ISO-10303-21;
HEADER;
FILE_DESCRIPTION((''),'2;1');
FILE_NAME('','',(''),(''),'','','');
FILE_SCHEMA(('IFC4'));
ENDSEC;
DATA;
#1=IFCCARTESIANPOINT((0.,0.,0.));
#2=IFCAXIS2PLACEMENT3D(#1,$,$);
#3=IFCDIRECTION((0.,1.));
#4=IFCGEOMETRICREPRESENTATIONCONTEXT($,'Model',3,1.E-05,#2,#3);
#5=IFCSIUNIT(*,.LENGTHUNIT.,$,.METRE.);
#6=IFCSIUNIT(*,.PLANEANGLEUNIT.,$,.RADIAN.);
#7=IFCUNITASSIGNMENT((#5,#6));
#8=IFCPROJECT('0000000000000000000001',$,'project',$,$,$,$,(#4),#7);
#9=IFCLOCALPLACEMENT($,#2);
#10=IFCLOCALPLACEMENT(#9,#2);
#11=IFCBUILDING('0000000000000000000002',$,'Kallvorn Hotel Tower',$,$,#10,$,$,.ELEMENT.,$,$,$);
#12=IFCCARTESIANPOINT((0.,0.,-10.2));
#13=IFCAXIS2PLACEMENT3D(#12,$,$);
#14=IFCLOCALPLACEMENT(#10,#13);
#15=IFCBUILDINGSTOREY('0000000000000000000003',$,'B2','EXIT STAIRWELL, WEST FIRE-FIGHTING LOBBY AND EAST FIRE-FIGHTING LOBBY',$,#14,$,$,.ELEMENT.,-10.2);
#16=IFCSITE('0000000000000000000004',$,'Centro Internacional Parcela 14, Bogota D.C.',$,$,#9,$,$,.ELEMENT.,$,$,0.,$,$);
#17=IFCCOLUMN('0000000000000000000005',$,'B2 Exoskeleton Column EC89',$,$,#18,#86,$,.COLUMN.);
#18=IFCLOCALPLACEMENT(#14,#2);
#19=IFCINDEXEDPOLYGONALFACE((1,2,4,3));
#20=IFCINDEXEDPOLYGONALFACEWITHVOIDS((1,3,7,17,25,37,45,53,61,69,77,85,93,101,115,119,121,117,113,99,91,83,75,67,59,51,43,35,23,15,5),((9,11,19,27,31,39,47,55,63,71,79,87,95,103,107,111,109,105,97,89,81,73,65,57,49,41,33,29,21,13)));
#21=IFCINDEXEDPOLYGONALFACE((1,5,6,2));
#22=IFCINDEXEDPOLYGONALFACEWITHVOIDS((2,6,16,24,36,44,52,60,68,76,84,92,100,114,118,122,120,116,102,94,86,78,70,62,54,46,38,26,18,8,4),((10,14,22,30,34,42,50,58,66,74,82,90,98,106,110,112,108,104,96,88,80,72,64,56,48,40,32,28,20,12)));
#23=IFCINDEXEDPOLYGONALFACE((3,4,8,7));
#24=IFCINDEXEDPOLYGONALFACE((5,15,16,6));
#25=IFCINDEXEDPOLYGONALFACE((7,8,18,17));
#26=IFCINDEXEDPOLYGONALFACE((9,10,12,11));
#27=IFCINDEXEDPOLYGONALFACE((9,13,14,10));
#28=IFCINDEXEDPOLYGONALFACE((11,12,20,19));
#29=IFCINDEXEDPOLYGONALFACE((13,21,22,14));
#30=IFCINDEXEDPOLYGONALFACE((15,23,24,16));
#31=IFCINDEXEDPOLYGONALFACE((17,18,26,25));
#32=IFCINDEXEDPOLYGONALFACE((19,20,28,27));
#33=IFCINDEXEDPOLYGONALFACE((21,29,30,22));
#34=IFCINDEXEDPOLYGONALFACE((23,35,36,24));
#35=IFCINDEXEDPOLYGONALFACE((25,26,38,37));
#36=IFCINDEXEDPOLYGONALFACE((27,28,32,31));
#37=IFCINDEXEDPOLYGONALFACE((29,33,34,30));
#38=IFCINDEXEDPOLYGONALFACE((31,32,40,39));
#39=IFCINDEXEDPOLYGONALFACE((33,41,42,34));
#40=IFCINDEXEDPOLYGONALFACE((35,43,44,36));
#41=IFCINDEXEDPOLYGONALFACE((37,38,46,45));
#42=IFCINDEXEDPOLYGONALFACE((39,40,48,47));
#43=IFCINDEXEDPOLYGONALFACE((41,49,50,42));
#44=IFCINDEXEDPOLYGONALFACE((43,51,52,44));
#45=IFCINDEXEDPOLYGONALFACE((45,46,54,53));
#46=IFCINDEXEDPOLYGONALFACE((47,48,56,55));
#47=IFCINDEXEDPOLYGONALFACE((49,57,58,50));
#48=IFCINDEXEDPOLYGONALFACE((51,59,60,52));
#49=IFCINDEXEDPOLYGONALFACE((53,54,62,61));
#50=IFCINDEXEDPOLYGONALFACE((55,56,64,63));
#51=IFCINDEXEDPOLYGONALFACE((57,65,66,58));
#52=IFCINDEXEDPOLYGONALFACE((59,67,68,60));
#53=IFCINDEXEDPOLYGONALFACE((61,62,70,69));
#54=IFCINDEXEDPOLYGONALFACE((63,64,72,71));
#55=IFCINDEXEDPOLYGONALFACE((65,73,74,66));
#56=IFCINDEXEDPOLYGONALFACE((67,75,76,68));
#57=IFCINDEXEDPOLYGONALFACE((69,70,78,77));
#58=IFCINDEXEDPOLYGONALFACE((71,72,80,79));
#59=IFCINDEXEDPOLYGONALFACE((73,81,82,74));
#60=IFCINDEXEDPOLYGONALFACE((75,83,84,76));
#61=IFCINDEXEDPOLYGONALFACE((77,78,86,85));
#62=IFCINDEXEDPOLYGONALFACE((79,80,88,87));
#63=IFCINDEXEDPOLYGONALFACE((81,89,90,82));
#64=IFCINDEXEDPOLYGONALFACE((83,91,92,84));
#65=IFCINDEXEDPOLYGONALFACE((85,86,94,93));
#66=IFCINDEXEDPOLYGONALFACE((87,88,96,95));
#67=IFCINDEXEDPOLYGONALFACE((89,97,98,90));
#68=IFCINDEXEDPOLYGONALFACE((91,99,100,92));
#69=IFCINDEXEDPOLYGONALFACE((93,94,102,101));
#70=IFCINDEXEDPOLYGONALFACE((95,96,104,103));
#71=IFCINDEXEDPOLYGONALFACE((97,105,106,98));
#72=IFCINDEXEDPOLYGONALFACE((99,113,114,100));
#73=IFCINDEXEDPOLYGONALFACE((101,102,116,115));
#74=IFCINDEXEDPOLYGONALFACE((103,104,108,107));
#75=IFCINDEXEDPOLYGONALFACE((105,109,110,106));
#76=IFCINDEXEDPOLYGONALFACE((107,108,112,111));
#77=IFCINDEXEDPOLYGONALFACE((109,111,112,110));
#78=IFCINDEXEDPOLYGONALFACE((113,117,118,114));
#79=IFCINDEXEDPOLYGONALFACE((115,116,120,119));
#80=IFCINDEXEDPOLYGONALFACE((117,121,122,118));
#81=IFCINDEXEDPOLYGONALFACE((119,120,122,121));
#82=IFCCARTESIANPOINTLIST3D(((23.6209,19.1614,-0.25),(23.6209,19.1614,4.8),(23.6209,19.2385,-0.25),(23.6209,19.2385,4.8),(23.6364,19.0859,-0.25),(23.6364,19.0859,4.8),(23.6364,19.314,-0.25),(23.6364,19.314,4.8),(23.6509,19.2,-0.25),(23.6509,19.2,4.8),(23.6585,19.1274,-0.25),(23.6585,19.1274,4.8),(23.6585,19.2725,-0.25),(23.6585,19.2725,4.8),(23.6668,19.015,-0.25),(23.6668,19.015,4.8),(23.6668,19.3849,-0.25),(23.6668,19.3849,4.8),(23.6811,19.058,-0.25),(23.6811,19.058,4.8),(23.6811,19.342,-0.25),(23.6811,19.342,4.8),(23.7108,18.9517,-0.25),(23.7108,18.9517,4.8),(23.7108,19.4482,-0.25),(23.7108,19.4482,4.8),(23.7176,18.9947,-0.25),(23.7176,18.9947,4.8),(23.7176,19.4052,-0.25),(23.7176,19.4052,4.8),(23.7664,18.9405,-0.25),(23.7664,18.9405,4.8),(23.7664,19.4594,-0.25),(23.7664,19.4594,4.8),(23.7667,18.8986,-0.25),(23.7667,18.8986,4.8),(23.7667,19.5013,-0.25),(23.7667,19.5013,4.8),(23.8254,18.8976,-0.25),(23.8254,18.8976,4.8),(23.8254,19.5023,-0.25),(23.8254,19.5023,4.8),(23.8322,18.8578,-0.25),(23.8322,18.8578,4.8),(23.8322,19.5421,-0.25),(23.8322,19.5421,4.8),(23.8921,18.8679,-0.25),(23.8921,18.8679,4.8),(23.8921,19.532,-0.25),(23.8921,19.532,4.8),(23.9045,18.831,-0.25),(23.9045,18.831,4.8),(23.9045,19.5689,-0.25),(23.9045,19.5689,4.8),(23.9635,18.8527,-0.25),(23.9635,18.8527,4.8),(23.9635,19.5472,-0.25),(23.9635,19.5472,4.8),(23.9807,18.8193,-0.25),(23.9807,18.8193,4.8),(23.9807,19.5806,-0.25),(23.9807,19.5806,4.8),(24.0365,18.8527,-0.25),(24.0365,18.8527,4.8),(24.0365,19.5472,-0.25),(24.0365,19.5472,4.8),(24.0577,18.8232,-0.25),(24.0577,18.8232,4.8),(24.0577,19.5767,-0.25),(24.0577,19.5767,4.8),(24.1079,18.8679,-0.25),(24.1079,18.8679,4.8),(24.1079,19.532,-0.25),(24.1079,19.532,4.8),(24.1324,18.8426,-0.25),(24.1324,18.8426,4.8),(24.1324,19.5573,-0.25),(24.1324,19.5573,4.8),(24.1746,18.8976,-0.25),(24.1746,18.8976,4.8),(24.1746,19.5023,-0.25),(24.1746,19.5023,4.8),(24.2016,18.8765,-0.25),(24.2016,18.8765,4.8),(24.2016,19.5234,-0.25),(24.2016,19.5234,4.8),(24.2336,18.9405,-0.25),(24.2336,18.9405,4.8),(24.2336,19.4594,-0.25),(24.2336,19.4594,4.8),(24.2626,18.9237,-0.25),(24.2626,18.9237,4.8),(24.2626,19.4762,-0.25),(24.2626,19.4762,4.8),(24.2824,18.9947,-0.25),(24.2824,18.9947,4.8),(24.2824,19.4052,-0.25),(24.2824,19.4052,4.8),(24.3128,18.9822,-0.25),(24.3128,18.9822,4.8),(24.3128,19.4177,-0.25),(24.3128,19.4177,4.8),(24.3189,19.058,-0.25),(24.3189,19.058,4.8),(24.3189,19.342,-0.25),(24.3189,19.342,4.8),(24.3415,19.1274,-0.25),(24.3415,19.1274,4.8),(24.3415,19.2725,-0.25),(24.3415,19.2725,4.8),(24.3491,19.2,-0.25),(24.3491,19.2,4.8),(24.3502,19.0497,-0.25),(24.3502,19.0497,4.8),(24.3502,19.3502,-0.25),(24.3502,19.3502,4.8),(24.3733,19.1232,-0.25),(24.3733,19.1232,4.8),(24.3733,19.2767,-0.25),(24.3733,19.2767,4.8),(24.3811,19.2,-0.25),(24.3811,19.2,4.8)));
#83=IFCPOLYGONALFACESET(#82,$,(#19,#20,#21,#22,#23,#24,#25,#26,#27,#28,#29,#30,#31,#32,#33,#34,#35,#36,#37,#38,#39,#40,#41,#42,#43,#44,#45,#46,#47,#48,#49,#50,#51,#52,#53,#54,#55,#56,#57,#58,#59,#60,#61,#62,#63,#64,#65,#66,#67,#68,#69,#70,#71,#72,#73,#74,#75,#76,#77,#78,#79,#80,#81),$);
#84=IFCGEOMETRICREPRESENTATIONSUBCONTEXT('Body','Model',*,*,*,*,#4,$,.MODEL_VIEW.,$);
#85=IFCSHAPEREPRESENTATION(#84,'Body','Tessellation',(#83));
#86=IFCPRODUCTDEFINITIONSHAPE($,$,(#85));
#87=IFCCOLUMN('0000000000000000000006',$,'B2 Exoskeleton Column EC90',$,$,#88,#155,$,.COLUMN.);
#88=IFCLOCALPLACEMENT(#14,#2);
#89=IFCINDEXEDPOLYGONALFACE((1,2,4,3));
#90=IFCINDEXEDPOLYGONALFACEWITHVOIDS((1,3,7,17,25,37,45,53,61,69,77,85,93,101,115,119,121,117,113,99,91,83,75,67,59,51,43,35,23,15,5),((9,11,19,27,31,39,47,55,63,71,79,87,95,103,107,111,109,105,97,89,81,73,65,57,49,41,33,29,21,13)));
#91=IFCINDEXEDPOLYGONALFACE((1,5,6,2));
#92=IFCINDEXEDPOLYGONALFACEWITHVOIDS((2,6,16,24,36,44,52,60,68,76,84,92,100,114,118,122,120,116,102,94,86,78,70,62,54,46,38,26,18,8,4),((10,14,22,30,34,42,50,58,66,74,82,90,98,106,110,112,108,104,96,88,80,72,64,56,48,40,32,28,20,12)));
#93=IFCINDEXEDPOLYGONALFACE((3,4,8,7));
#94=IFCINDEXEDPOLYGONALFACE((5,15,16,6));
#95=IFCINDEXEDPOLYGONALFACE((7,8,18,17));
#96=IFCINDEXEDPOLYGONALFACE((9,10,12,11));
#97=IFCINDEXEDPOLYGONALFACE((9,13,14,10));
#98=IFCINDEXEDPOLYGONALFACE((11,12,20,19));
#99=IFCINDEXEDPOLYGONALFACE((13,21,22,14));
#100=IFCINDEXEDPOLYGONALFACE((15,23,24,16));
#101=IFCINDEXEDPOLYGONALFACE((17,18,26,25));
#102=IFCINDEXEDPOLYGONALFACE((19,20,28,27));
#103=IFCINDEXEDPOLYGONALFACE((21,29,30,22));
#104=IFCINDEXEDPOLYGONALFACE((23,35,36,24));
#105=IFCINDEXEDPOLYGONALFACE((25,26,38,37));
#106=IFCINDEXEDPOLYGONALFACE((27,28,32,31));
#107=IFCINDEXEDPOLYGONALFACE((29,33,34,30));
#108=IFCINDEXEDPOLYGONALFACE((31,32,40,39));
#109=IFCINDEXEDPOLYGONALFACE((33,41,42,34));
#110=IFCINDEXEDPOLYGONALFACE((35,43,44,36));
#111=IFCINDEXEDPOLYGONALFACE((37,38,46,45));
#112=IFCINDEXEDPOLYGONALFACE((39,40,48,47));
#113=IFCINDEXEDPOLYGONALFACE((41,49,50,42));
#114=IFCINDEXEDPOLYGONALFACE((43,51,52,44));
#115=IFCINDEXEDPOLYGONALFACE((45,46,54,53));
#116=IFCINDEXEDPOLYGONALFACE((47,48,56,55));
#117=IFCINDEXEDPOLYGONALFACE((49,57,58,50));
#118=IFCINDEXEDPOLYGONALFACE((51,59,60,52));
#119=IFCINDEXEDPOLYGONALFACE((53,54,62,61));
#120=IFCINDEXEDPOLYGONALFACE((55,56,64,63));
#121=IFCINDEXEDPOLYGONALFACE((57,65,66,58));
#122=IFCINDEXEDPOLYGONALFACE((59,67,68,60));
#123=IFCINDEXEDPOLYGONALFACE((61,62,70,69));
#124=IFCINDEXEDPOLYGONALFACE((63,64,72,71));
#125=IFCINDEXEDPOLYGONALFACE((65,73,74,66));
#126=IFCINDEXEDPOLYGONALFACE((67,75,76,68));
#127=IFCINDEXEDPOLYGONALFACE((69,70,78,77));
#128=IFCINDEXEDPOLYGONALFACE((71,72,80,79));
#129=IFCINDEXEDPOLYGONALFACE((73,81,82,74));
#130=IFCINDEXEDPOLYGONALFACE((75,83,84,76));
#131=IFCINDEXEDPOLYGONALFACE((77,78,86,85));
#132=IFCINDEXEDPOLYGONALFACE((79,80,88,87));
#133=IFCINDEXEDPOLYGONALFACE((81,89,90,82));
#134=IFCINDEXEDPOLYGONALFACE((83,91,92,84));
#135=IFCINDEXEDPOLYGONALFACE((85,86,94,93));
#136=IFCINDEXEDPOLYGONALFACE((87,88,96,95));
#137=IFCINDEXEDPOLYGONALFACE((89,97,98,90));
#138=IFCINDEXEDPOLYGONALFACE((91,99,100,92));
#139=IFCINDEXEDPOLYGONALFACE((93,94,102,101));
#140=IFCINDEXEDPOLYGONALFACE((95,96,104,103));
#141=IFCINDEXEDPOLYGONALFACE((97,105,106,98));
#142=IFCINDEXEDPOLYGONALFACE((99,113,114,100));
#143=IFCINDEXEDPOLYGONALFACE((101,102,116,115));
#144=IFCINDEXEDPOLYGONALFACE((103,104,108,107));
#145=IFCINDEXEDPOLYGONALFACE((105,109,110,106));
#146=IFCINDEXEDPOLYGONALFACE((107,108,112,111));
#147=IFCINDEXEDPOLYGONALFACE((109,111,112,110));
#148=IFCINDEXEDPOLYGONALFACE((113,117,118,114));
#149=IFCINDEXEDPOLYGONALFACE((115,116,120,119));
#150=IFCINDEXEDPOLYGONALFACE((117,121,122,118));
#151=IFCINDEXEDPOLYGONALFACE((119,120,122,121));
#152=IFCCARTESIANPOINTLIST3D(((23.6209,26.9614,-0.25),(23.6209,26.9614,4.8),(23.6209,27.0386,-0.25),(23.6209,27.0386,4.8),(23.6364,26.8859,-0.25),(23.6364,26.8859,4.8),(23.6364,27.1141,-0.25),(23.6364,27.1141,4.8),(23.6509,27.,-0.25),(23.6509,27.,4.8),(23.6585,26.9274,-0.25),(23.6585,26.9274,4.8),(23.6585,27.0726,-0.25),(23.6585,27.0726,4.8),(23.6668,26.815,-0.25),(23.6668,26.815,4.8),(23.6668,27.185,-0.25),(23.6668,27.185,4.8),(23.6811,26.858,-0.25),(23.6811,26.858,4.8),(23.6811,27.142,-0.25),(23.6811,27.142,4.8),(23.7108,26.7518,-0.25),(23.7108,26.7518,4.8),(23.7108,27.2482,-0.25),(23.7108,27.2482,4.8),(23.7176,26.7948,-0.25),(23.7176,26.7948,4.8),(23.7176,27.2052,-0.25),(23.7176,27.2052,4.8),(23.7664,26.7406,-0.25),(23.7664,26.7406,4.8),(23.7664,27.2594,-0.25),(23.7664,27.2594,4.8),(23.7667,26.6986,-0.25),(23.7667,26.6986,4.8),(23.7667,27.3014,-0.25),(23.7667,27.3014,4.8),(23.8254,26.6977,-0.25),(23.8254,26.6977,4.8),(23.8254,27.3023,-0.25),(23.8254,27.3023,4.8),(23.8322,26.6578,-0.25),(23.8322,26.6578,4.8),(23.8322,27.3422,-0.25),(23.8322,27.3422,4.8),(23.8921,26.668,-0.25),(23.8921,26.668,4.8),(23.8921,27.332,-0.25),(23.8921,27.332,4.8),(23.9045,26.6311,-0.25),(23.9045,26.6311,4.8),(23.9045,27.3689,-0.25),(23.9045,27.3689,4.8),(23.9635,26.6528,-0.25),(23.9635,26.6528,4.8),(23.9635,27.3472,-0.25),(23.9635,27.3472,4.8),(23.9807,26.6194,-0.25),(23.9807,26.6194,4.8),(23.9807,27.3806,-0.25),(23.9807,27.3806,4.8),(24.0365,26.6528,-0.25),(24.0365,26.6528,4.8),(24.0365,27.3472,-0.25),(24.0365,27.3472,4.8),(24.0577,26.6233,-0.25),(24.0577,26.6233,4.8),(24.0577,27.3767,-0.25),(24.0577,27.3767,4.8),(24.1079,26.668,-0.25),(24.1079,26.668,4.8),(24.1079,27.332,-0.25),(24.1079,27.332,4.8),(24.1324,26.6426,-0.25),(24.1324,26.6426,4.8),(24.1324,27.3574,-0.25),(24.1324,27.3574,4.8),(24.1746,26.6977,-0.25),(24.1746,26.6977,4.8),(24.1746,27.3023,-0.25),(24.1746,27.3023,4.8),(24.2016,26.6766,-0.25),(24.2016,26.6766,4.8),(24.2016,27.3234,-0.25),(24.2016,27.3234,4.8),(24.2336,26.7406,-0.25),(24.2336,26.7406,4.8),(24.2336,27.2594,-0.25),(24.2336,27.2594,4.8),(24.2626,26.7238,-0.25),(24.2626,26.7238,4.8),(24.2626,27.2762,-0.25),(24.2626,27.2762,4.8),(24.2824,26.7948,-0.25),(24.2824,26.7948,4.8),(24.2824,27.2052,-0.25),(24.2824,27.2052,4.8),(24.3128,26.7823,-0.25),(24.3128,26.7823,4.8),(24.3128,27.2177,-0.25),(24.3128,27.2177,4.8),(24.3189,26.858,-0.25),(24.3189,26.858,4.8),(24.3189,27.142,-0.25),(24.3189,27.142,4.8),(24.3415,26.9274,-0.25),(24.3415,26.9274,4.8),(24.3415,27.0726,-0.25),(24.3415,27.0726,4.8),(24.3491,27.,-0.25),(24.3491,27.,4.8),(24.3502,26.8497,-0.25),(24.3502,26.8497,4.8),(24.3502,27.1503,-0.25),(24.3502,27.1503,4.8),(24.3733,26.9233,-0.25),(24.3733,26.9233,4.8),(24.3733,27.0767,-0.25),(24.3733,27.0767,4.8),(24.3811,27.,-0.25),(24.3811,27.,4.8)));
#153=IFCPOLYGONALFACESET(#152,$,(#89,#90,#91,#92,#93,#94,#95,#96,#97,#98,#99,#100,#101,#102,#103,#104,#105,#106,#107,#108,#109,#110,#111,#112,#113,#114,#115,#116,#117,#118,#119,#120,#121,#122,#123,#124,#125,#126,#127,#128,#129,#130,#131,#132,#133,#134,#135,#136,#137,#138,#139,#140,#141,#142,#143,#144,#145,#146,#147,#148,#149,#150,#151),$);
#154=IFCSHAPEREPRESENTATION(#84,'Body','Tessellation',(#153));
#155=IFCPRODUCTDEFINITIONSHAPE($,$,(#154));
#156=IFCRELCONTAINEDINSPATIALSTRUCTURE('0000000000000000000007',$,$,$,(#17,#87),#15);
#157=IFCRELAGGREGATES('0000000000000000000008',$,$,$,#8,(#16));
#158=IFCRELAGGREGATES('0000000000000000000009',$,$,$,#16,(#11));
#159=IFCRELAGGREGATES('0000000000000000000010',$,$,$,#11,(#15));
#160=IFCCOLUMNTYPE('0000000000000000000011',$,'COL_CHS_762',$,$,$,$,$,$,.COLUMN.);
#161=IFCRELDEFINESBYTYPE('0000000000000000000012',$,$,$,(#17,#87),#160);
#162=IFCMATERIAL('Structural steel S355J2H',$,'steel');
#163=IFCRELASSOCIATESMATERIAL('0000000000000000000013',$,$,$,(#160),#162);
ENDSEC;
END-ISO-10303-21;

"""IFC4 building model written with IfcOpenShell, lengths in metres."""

from ifc_helpers import new_model, si_unit, direction, frame, origin, origin_2d, place, context, subcontext, project, spatial, hollow_circle, extrude, material, material_profile, profile_set, type_object, element, save


model = new_model("IFC4")

# Units and contexts
model_context = context("Model", 3, precision=1e-05, world=origin(), true_north=direction((0.0, 1.0)))
body_context = subcontext(model_context, "Body", "Model", "MODEL_VIEW")
ifc_project = project(units=[si_unit("LENGTHUNIT", "METRE"), si_unit("PLANEANGLEUNIT", "RADIAN")], contexts=[model_context])

# Site, building, storey
site_placement = place(None, origin())
site = spatial("IfcSite", under=ifc_project, at=site_placement, Name="Centro Internacional Parcela 14, Bogota D.C.", CompositionType="ELEMENT", RefElevation=0.0)
building_placement = place(site_placement, origin())
building = spatial("IfcBuilding", under=site, at=building_placement, Name="Kallvorn Hotel Tower", CompositionType="ELEMENT")
storey_placement = place(building_placement, frame((0.0, 0.0, -10.2)))
storey = spatial("IfcBuildingStorey", under=building, at=storey_placement, Name="B2", Description="EXIT STAIRWELL, WEST FIRE-FIGHTING LOBBY AND EAST FIRE-FIGHTING LOBBY", CompositionType="ELEMENT", Elevation=-10.2)

# Columns
ifc_material_1 = material(Name="Structural steel S355J2H", Category="steel")
ifc_material_profile_1 = material_profile(ifc_material_1, hollow_circle(Radius=0.3811, WallThickness=0.032, at=origin_2d()), Name="CHS 762x32")
ifc_profile_set_1 = profile_set([ifc_material_profile_1], Name="Structural steel S355J2H")
column_type_1 = type_object("IfcColumnType", Name="COL_CHS_762", PredefinedType="COLUMN", material=ifc_profile_set_1)
for number, where, z_axis, x_axis, name in (
    (1, (24.0, 19.2, -0.25), (0.0, 0.0, 1.0), (1.0, 0.0, 0.0), "B2 Exoskeleton Column EC89"),
    (2, (24.0, 27.0, -0.25), (0.0, 0.0, 1.0), (1.0, 0.0, 0.0), "B2 Exoskeleton Column EC90"),
):
    element("IfcColumn", number, at=place(storey_placement, frame(where, z_axis=z_axis, x_axis=x_axis)), inside=storey, type_object=column_type_1, Name=name, PredefinedType="COLUMN", context=body_context, shape_type="SweptSolid", body=[
        extrude(hollow_circle(Radius=0.3811, WallThickness=0.032, at=origin_2d()), origin(), (0.0, 0.0, 1.0), 5.05),
    ])

save(model, "model.ifc")
